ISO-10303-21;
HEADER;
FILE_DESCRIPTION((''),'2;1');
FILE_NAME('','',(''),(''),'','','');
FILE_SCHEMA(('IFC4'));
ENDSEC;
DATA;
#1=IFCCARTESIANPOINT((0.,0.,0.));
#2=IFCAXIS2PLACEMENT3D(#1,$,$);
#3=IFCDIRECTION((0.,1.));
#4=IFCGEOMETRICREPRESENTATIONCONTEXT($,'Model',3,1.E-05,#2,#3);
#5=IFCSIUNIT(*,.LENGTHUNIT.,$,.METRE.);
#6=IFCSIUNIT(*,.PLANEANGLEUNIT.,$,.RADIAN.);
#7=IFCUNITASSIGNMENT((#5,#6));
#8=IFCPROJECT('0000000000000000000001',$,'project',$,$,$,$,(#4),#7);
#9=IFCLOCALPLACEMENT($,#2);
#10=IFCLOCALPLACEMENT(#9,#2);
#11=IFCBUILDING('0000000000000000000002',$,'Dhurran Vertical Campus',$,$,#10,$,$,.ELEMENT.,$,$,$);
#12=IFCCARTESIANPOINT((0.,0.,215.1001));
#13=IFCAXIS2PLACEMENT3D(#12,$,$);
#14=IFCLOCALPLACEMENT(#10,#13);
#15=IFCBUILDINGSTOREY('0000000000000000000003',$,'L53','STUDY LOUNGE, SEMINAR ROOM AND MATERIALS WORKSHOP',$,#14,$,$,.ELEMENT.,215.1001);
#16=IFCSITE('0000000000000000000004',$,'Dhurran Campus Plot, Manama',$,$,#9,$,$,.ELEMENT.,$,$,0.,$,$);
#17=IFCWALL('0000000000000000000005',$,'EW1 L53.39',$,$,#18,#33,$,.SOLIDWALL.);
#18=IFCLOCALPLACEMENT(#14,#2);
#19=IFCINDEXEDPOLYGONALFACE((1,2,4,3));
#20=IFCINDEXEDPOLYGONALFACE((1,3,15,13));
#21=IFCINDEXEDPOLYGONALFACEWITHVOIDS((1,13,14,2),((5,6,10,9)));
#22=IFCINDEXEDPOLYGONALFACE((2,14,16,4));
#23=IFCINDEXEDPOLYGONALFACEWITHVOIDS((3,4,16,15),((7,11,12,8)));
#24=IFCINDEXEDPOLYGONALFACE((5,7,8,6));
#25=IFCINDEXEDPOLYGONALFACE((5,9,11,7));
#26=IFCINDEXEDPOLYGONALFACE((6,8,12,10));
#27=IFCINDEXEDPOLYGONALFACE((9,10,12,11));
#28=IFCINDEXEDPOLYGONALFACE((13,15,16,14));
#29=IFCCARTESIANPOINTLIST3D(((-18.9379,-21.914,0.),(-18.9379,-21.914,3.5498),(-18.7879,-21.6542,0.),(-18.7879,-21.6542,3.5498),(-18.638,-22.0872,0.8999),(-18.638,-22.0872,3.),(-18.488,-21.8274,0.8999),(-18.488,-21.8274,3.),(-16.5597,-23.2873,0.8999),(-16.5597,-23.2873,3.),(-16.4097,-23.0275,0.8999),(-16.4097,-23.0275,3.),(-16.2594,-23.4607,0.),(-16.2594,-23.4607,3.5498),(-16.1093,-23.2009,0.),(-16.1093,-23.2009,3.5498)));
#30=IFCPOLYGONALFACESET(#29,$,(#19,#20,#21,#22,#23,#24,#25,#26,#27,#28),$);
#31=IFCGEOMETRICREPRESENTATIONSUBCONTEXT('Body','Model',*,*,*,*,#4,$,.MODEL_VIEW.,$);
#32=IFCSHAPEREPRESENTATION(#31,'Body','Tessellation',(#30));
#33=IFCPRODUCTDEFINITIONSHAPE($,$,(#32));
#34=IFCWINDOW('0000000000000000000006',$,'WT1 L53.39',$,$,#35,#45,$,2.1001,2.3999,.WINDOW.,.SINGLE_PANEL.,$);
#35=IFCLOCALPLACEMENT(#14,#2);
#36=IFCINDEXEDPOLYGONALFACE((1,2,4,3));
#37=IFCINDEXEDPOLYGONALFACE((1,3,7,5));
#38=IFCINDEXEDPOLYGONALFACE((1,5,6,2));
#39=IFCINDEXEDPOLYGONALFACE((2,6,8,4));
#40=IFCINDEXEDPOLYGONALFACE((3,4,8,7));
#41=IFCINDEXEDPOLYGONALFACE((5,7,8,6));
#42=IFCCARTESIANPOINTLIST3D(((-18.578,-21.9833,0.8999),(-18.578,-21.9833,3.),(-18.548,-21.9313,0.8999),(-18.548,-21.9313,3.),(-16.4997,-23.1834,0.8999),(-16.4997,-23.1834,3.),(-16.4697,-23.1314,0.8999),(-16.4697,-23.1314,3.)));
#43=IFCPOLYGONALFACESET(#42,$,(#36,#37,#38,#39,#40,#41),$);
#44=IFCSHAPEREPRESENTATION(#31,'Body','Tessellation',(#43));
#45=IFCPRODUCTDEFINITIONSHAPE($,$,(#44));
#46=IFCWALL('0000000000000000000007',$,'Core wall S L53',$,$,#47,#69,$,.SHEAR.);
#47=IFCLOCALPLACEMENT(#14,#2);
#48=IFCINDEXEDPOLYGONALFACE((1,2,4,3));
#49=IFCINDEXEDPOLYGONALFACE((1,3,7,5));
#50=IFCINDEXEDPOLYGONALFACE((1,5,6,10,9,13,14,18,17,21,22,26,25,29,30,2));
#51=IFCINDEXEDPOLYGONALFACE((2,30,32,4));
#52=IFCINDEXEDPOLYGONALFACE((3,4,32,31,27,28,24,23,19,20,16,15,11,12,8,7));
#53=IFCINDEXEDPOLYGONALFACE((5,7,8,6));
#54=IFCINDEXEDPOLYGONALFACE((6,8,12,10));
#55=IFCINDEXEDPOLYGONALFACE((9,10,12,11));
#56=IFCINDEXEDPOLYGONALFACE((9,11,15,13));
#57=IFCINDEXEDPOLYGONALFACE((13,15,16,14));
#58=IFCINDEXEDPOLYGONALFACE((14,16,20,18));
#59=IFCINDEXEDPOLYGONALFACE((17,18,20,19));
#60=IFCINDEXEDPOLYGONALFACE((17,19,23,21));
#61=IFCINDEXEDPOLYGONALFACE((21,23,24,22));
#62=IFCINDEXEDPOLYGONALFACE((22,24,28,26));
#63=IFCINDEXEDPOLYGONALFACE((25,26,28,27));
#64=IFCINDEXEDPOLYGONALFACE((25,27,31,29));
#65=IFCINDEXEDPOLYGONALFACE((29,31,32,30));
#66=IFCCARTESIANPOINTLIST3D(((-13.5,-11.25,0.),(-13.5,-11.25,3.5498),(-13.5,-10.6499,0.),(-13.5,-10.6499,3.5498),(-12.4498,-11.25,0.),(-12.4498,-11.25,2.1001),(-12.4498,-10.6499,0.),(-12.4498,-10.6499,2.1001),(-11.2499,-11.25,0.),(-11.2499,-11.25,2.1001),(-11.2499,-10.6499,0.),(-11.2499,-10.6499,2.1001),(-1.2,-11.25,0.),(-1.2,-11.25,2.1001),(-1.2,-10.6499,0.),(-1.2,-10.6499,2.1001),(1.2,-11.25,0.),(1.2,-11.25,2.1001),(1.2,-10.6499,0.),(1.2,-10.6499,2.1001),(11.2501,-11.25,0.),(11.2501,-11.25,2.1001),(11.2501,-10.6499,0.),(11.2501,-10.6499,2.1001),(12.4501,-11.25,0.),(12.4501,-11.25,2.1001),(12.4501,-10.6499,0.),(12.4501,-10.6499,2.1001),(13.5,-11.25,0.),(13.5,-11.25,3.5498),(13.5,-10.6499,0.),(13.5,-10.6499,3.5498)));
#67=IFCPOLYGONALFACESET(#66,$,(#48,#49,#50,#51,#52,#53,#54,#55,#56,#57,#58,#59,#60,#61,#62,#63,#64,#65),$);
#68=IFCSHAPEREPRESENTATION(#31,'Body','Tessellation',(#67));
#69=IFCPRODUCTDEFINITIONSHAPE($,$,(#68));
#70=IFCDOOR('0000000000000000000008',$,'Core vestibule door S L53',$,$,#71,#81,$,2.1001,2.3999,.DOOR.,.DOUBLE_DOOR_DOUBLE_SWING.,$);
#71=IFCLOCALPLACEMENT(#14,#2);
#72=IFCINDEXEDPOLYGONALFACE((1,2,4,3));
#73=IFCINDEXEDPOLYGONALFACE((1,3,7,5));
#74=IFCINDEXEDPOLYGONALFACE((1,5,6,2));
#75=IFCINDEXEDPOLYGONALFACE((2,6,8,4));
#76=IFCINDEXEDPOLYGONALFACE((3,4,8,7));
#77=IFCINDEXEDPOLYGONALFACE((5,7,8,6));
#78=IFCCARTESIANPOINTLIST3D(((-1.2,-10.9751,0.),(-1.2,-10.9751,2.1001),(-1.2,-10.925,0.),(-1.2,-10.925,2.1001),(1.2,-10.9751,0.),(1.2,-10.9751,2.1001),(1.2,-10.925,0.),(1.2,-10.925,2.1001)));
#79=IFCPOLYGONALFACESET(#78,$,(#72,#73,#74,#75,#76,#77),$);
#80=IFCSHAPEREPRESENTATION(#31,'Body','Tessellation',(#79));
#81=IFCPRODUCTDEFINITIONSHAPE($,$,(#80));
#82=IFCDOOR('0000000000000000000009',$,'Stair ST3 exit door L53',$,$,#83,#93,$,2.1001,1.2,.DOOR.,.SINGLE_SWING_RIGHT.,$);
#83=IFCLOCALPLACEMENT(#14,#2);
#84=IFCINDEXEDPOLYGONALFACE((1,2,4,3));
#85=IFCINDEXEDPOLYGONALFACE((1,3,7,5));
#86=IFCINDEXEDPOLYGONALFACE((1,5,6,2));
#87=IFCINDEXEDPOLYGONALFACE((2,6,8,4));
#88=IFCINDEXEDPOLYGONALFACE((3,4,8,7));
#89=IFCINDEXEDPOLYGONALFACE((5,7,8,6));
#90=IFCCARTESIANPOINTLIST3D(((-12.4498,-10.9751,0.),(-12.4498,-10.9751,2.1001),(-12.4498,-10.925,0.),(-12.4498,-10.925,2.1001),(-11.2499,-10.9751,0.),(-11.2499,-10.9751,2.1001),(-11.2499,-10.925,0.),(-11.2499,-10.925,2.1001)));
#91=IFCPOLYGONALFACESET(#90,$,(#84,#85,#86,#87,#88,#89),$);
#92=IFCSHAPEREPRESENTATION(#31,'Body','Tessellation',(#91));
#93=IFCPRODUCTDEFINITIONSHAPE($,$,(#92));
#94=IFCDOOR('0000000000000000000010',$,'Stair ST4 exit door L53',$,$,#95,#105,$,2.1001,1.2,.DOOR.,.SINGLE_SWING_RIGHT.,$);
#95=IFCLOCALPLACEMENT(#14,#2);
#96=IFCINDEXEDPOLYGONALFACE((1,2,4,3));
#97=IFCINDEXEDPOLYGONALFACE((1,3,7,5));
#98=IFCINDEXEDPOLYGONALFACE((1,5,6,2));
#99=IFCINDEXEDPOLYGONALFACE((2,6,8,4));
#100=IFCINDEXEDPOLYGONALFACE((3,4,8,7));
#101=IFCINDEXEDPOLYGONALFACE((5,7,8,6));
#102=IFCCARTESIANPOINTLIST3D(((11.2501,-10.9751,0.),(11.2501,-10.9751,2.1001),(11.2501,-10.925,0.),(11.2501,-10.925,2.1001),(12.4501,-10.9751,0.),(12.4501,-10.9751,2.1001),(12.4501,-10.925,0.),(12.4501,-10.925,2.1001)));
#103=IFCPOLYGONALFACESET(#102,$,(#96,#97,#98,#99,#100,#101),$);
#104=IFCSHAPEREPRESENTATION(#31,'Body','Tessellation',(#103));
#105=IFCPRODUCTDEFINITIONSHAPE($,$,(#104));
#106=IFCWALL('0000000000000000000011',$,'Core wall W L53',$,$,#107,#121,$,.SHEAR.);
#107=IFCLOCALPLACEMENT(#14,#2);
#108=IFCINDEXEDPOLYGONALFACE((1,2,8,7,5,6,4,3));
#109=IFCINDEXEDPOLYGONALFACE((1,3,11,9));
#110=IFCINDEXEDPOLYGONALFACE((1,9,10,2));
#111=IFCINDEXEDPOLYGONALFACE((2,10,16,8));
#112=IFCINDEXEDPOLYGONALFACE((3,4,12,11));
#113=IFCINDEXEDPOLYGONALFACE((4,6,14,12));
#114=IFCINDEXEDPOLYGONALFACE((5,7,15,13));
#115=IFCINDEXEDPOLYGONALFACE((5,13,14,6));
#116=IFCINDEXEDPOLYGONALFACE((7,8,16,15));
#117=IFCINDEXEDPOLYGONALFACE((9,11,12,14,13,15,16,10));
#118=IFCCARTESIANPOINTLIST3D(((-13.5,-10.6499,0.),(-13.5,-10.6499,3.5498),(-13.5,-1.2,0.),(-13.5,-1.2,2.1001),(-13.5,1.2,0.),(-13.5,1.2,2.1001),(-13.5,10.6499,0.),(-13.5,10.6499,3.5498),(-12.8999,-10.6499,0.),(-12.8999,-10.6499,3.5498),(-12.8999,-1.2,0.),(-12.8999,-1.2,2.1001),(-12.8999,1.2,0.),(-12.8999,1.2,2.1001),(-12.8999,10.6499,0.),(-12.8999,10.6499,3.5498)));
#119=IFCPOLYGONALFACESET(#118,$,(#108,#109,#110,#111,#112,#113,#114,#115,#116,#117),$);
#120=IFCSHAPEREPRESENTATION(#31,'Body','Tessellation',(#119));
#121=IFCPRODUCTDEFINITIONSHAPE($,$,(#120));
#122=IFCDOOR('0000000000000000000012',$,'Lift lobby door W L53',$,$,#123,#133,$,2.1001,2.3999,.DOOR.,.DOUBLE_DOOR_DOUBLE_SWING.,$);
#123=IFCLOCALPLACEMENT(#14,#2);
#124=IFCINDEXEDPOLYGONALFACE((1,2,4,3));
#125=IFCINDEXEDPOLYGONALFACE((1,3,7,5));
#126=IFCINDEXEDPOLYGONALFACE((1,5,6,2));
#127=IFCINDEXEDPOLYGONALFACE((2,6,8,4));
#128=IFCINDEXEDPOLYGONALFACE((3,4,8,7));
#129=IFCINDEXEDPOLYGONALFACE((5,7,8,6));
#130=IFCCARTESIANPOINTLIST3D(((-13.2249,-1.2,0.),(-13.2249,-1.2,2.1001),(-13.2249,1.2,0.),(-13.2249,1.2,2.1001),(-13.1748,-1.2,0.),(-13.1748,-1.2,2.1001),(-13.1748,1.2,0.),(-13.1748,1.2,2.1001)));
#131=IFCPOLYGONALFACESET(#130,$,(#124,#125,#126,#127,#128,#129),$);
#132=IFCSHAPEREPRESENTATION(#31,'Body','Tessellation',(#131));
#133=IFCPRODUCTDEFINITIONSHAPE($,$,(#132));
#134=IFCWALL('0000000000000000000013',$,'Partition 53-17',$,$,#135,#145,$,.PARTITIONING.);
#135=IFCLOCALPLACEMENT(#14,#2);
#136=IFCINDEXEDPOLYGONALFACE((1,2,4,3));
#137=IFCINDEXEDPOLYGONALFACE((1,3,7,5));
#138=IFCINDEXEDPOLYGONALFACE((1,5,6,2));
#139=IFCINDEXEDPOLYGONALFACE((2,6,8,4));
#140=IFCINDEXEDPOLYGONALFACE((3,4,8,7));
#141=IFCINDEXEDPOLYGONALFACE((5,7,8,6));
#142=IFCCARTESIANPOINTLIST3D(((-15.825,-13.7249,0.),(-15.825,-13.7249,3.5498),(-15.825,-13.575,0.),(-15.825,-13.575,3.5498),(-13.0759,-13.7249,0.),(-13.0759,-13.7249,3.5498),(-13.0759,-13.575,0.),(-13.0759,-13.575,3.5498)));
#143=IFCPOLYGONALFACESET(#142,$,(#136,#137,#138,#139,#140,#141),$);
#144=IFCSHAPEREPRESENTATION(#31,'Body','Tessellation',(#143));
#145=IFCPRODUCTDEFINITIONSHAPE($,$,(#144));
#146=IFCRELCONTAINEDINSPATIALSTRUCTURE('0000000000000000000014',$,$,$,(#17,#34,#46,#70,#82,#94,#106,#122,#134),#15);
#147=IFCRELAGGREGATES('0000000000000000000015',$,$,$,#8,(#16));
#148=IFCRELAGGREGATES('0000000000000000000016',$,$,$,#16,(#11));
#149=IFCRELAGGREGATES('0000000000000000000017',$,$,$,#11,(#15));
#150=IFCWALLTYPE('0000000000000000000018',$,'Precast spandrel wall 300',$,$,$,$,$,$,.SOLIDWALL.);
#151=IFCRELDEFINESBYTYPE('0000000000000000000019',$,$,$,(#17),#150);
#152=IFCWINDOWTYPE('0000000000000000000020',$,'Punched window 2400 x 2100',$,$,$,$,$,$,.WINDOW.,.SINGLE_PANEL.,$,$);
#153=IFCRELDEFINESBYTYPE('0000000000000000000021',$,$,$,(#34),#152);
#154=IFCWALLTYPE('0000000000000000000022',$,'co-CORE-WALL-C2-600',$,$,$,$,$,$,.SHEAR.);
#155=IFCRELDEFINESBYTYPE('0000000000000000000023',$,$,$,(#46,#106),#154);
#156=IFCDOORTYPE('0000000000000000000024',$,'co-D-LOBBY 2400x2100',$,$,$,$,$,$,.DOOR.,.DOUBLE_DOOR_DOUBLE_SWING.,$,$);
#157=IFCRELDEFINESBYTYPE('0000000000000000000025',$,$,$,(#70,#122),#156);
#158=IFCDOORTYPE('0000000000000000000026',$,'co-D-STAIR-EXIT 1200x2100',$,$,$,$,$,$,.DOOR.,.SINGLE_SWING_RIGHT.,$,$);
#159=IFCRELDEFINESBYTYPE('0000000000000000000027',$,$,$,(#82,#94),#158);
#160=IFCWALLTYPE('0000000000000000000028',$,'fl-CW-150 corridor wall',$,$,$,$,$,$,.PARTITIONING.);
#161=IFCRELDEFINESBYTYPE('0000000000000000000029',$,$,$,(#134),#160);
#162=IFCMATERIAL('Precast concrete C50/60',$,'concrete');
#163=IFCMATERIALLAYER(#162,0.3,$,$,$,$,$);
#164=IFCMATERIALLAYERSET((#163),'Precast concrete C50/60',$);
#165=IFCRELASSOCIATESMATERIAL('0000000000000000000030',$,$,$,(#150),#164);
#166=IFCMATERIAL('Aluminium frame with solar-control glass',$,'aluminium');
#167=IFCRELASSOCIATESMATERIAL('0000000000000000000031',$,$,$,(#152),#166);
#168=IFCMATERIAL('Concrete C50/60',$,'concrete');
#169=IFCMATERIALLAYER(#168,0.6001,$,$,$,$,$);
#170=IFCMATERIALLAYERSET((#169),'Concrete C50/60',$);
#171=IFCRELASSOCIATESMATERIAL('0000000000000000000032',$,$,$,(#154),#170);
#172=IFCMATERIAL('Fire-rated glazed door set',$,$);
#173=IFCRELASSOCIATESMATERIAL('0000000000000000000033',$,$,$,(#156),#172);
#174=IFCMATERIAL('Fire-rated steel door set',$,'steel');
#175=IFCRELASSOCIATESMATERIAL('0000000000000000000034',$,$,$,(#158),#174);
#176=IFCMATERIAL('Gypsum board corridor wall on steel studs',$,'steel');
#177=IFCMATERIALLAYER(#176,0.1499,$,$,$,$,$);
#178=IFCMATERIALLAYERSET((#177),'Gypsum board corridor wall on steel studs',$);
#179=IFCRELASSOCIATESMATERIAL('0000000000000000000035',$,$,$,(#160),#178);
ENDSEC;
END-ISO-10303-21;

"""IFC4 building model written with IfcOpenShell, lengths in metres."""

from ifc_helpers import new_model, si_unit, direction, frame, frame_2d, origin, place, context, subcontext, project, spatial, rectangle, extrude, material, layer, layer_set, type_object, element, fill, save


model = new_model("IFC4")

# Units and contexts
model_context = context("Model", 3, precision=1e-05, world=origin(), true_north=direction((0.0, 1.0)))
body_context = subcontext(model_context, "Body", "Model", "MODEL_VIEW")
ifc_project = project(units=[si_unit("LENGTHUNIT", "METRE"), si_unit("PLANEANGLEUNIT", "RADIAN")], contexts=[model_context])

# Site, building, storey
site_placement = place(None, origin())
site = spatial("IfcSite", under=ifc_project, at=site_placement, Name="Dhurran Campus Plot, Manama", CompositionType="ELEMENT", RefElevation=0.0)
building_placement = place(site_placement, origin())
building = spatial("IfcBuilding", under=site, at=building_placement, Name="Dhurran Vertical Campus", CompositionType="ELEMENT")
storey_placement = place(building_placement, frame((0.0, 0.0, 215.1001)))
storey = spatial("IfcBuildingStorey", under=building, at=storey_placement, Name="L53", Description="STUDY LOUNGE, SEMINAR ROOM AND MATERIALS WORKSHOP", CompositionType="ELEMENT", Elevation=215.1001)

# Wall, opening, window
ifc_material_1 = material(Name="Precast concrete C50/60", Category="concrete")
ifc_layer_1 = layer(ifc_material_1, 0.3)
ifc_layer_set_1 = layer_set([ifc_layer_1], Name="Precast concrete C50/60")
wall_type_1 = type_object("IfcWallType", Name="Precast spandrel wall 300", PredefinedType="SOLIDWALL", material=ifc_layer_set_1)
ifc_material_2 = material(Name="Aluminium frame with solar-control glass", Category="aluminium")
window_type = type_object("IfcWindowType", Name="Punched window 2400 x 2100", PartitioningType="SINGLE_PANEL", PredefinedType="WINDOW", material=ifc_material_2)
wall_1_placement = place(storey_placement, frame((-18.8628, -21.7842, 0.0), z_axis=(0.0, 0.0, 1.0), x_axis=(0.865995, -0.500053, 0.0)))
wall_1 = element("IfcWall", 1, at=wall_1_placement, inside=storey, type_object=wall_type_1, Name="EW1 L53.39", PredefinedType="SOLIDWALL", context=body_context, shape_type="SweptSolid", body=[
    extrude(rectangle(XDim=3.093, YDim=0.3, at=frame_2d((1.5464, 0.0))), origin(), (0.0, 0.0, 1.0), 3.5498),
])
opening_1_placement = place(wall_1_placement, frame((0.3462, 0.0, 0.8999)))
opening_1 = element("IfcOpeningElement", 2, at=opening_1_placement, cuts=wall_1, PredefinedType="OPENING", context=body_context, shape_type="SweptSolid", body=[
    extrude(rectangle(XDim=2.3999, YDim=2.1001, at=frame_2d((1.2, 1.05))), frame((0.0, 0.1599, 0.0), z_axis=(0.0, -1.0, 0.0), x_axis=(1.0, 0.0, 0.0)), (0.0, 0.0, 1.0), 0.3201),
])
window_1_placement = place(opening_1_placement, origin())
window_1 = element("IfcWindow", 3, at=window_1_placement, inside=storey, type_object=window_type, Name="WT1 L53.39", OverallHeight=2.1001, OverallWidth=2.3999, PartitioningType="SINGLE_PANEL", PredefinedType="WINDOW", context=body_context, shape_type="SweptSolid", body=[
    extrude(rectangle(XDim=2.3999, YDim=2.1001, at=frame_2d((1.2, 1.05))), frame((0.0, 0.03, 0.0), z_axis=(0.0, -1.0, 0.0), x_axis=(1.0, 0.0, 0.0)), (0.0, 0.0, 1.0), 0.0601),
])
fill(opening_1, window_1)

# Wall, openings, doors
ifc_material_3 = material(Name="Concrete C50/60", Category="concrete")
ifc_layer_2 = layer(ifc_material_3, 0.6001)
ifc_layer_set_2 = layer_set([ifc_layer_2], Name="Concrete C50/60")
wall_type_2 = type_object("IfcWallType", Name="co-CORE-WALL-C2-600", PredefinedType="SHEAR", material=ifc_layer_set_2)
wall_2_placement = place(storey_placement, frame((-13.5, -10.95, 0.0), z_axis=(0.0, 0.0, 1.0), x_axis=(1.0, 0.0, 0.0)))
wall_2 = element("IfcWall", 4, at=wall_2_placement, inside=storey, type_object=wall_type_2, Name="Core wall S L53", PredefinedType="SHEAR", context=body_context, shape_type="SweptSolid", body=[
    extrude(rectangle(XDim=27.0, YDim=0.6001, at=frame_2d((13.5, 0.0))), origin(), (0.0, 0.0, 1.0), 3.5498),
])
opening_2_placement = place(wall_2_placement, frame((12.3, 0.0, 0.0)))
opening_2 = element("IfcOpeningElement", 5, at=opening_2_placement, cuts=wall_2, PredefinedType="OPENING", context=body_context, shape_type="SweptSolid", body=[
    extrude(rectangle(XDim=2.3999, YDim=2.1001, at=frame_2d((1.2, 1.05))), frame((0.0, 0.3101, 0.0), z_axis=(0.0, -1.0, 0.0), x_axis=(1.0, 0.0, 0.0)), (0.0, 0.0, 1.0), 0.6201),
])
opening_3_placement = place(wall_2_placement, frame((1.05, 0.0, 0.0)))
opening_3 = element("IfcOpeningElement", 6, at=opening_3_placement, cuts=wall_2, PredefinedType="OPENING", context=body_context, shape_type="SweptSolid", body=[
    extrude(rectangle(XDim=1.2, YDim=2.1001, at=frame_2d((0.6001, 1.05))), frame((0.0, 0.3101, 0.0), z_axis=(0.0, -1.0, 0.0), x_axis=(1.0, 0.0, 0.0)), (0.0, 0.0, 1.0), 0.6201),
])
opening_4_placement = place(wall_2_placement, frame((24.75, 0.0, 0.0)))
opening_4 = element("IfcOpeningElement", 7, at=opening_4_placement, cuts=wall_2, PredefinedType="OPENING", context=body_context, shape_type="SweptSolid", body=[
    extrude(rectangle(XDim=1.2, YDim=2.1001, at=frame_2d((0.6001, 1.05))), frame((0.0, 0.3101, 0.0), z_axis=(0.0, -1.0, 0.0), x_axis=(1.0, 0.0, 0.0)), (0.0, 0.0, 1.0), 0.6201),
])
ifc_material_4 = material(Name="Fire-rated glazed door set")
door_type_1 = type_object("IfcDoorType", Name="co-D-LOBBY 2400x2100", OperationType="DOUBLE_DOOR_DOUBLE_SWING", PredefinedType="DOOR", material=ifc_material_4)
door_1_placement = place(opening_2_placement, origin())
door_1 = element("IfcDoor", 8, at=door_1_placement, inside=storey, type_object=door_type_1, Name="Core vestibule door S L53", OperationType="DOUBLE_DOOR_DOUBLE_SWING", OverallHeight=2.1001, OverallWidth=2.3999, PredefinedType="DOOR", context=body_context, shape_type="SweptSolid", body=[
    extrude(rectangle(XDim=2.3999, YDim=2.1001, at=frame_2d((1.2, 1.05))), frame((0.0, 0.0249, 0.0), z_axis=(0.0, -1.0, 0.0), x_axis=(1.0, 0.0, 0.0)), (0.0, 0.0, 1.0), 0.05),
])
fill(opening_2, door_1)
ifc_material_5 = material(Name="Fire-rated steel door set", Category="steel")
door_type_2 = type_object("IfcDoorType", Name="co-D-STAIR-EXIT 1200x2100", OperationType="SINGLE_SWING_RIGHT", PredefinedType="DOOR", material=ifc_material_5)
door_2_placement = place(opening_3_placement, origin())
door_2 = element("IfcDoor", 9, at=door_2_placement, inside=storey, type_object=door_type_2, Name="Stair ST3 exit door L53", OperationType="SINGLE_SWING_RIGHT", OverallHeight=2.1001, OverallWidth=1.2, PredefinedType="DOOR", context=body_context, shape_type="SweptSolid", body=[
    extrude(rectangle(XDim=1.2, YDim=2.1001, at=frame_2d((0.6001, 1.05))), frame((0.0, 0.0249, 0.0), z_axis=(0.0, -1.0, 0.0), x_axis=(1.0, 0.0, 0.0)), (0.0, 0.0, 1.0), 0.05),
])
fill(opening_3, door_2)
door_3_placement = place(opening_4_placement, origin())
door_3 = element("IfcDoor", 10, at=door_3_placement, inside=storey, type_object=door_type_2, Name="Stair ST4 exit door L53", OperationType="SINGLE_SWING_RIGHT", OverallHeight=2.1001, OverallWidth=1.2, PredefinedType="DOOR", context=body_context, shape_type="SweptSolid", body=[
    extrude(rectangle(XDim=1.2, YDim=2.1001, at=frame_2d((0.6001, 1.05))), frame((0.0, 0.0249, 0.0), z_axis=(0.0, -1.0, 0.0), x_axis=(1.0, 0.0, 0.0)), (0.0, 0.0, 1.0), 0.05),
])
fill(opening_4, door_3)

# Wall, opening, door
wall_3_placement = place(storey_placement, frame((-13.2, -10.6499, 0.0), z_axis=(0.0, 0.0, 1.0), x_axis=(0.0, 1.0, 0.0)))
wall_3 = element("IfcWall", 11, at=wall_3_placement, inside=storey, type_object=wall_type_2, Name="Core wall W L53", PredefinedType="SHEAR", context=body_context, shape_type="SweptSolid", body=[
    extrude(rectangle(XDim=21.2998, YDim=0.6001, at=frame_2d((10.6499, 0.0))), origin(), (0.0, 0.0, 1.0), 3.5498),
])
opening_5_placement = place(wall_3_placement, frame((9.45, 0.0, 0.0)))
opening_5 = element("IfcOpeningElement", 12, at=opening_5_placement, cuts=wall_3, PredefinedType="OPENING", context=body_context, shape_type="SweptSolid", body=[
    extrude(rectangle(XDim=2.3999, YDim=2.1001, at=frame_2d((1.2, 1.05))), frame((0.0, 0.3101, 0.0), z_axis=(0.0, -1.0, 0.0), x_axis=(1.0, 0.0, 0.0)), (0.0, 0.0, 1.0), 0.6201),
])
door_4_placement = place(opening_5_placement, origin())
door_4 = element("IfcDoor", 13, at=door_4_placement, inside=storey, type_object=door_type_1, Name="Lift lobby door W L53", OperationType="DOUBLE_DOOR_DOUBLE_SWING", OverallHeight=2.1001, OverallWidth=2.3999, PredefinedType="DOOR", context=body_context, shape_type="SweptSolid", body=[
    extrude(rectangle(XDim=2.3999, YDim=2.1001, at=frame_2d((1.2, 1.05))), frame((0.0, 0.0249, 0.0), z_axis=(0.0, -1.0, 0.0), x_axis=(1.0, 0.0, 0.0)), (0.0, 0.0, 1.0), 0.05),
])
fill(opening_5, door_4)

# Wall
ifc_material_6 = material(Name="Gypsum board corridor wall on steel studs", Category="steel")
ifc_layer_3 = layer(ifc_material_6, 0.1499)
ifc_layer_set_3 = layer_set([ifc_layer_3], Name="Gypsum board corridor wall on steel studs")
wall_type_3 = type_object("IfcWallType", Name="fl-CW-150 corridor wall", PredefinedType="PARTITIONING", material=ifc_layer_set_3)
wall_4_placement = place(storey_placement, frame((-15.825, -13.6499, 0.0), z_axis=(0.0, 0.0, 1.0), x_axis=(1.0, 0.0, 0.0)))
element("IfcWall", 14, at=wall_4_placement, inside=storey, type_object=wall_type_3, Name="Partition 53-17", PredefinedType="PARTITIONING", context=body_context, shape_type="SweptSolid", body=[
    extrude(rectangle(XDim=2.749, YDim=0.1499, at=frame_2d((1.3745, 0.0))), origin(), (0.0, 0.0, 1.0), 3.5498),
])

save(model, "model.ifc")
